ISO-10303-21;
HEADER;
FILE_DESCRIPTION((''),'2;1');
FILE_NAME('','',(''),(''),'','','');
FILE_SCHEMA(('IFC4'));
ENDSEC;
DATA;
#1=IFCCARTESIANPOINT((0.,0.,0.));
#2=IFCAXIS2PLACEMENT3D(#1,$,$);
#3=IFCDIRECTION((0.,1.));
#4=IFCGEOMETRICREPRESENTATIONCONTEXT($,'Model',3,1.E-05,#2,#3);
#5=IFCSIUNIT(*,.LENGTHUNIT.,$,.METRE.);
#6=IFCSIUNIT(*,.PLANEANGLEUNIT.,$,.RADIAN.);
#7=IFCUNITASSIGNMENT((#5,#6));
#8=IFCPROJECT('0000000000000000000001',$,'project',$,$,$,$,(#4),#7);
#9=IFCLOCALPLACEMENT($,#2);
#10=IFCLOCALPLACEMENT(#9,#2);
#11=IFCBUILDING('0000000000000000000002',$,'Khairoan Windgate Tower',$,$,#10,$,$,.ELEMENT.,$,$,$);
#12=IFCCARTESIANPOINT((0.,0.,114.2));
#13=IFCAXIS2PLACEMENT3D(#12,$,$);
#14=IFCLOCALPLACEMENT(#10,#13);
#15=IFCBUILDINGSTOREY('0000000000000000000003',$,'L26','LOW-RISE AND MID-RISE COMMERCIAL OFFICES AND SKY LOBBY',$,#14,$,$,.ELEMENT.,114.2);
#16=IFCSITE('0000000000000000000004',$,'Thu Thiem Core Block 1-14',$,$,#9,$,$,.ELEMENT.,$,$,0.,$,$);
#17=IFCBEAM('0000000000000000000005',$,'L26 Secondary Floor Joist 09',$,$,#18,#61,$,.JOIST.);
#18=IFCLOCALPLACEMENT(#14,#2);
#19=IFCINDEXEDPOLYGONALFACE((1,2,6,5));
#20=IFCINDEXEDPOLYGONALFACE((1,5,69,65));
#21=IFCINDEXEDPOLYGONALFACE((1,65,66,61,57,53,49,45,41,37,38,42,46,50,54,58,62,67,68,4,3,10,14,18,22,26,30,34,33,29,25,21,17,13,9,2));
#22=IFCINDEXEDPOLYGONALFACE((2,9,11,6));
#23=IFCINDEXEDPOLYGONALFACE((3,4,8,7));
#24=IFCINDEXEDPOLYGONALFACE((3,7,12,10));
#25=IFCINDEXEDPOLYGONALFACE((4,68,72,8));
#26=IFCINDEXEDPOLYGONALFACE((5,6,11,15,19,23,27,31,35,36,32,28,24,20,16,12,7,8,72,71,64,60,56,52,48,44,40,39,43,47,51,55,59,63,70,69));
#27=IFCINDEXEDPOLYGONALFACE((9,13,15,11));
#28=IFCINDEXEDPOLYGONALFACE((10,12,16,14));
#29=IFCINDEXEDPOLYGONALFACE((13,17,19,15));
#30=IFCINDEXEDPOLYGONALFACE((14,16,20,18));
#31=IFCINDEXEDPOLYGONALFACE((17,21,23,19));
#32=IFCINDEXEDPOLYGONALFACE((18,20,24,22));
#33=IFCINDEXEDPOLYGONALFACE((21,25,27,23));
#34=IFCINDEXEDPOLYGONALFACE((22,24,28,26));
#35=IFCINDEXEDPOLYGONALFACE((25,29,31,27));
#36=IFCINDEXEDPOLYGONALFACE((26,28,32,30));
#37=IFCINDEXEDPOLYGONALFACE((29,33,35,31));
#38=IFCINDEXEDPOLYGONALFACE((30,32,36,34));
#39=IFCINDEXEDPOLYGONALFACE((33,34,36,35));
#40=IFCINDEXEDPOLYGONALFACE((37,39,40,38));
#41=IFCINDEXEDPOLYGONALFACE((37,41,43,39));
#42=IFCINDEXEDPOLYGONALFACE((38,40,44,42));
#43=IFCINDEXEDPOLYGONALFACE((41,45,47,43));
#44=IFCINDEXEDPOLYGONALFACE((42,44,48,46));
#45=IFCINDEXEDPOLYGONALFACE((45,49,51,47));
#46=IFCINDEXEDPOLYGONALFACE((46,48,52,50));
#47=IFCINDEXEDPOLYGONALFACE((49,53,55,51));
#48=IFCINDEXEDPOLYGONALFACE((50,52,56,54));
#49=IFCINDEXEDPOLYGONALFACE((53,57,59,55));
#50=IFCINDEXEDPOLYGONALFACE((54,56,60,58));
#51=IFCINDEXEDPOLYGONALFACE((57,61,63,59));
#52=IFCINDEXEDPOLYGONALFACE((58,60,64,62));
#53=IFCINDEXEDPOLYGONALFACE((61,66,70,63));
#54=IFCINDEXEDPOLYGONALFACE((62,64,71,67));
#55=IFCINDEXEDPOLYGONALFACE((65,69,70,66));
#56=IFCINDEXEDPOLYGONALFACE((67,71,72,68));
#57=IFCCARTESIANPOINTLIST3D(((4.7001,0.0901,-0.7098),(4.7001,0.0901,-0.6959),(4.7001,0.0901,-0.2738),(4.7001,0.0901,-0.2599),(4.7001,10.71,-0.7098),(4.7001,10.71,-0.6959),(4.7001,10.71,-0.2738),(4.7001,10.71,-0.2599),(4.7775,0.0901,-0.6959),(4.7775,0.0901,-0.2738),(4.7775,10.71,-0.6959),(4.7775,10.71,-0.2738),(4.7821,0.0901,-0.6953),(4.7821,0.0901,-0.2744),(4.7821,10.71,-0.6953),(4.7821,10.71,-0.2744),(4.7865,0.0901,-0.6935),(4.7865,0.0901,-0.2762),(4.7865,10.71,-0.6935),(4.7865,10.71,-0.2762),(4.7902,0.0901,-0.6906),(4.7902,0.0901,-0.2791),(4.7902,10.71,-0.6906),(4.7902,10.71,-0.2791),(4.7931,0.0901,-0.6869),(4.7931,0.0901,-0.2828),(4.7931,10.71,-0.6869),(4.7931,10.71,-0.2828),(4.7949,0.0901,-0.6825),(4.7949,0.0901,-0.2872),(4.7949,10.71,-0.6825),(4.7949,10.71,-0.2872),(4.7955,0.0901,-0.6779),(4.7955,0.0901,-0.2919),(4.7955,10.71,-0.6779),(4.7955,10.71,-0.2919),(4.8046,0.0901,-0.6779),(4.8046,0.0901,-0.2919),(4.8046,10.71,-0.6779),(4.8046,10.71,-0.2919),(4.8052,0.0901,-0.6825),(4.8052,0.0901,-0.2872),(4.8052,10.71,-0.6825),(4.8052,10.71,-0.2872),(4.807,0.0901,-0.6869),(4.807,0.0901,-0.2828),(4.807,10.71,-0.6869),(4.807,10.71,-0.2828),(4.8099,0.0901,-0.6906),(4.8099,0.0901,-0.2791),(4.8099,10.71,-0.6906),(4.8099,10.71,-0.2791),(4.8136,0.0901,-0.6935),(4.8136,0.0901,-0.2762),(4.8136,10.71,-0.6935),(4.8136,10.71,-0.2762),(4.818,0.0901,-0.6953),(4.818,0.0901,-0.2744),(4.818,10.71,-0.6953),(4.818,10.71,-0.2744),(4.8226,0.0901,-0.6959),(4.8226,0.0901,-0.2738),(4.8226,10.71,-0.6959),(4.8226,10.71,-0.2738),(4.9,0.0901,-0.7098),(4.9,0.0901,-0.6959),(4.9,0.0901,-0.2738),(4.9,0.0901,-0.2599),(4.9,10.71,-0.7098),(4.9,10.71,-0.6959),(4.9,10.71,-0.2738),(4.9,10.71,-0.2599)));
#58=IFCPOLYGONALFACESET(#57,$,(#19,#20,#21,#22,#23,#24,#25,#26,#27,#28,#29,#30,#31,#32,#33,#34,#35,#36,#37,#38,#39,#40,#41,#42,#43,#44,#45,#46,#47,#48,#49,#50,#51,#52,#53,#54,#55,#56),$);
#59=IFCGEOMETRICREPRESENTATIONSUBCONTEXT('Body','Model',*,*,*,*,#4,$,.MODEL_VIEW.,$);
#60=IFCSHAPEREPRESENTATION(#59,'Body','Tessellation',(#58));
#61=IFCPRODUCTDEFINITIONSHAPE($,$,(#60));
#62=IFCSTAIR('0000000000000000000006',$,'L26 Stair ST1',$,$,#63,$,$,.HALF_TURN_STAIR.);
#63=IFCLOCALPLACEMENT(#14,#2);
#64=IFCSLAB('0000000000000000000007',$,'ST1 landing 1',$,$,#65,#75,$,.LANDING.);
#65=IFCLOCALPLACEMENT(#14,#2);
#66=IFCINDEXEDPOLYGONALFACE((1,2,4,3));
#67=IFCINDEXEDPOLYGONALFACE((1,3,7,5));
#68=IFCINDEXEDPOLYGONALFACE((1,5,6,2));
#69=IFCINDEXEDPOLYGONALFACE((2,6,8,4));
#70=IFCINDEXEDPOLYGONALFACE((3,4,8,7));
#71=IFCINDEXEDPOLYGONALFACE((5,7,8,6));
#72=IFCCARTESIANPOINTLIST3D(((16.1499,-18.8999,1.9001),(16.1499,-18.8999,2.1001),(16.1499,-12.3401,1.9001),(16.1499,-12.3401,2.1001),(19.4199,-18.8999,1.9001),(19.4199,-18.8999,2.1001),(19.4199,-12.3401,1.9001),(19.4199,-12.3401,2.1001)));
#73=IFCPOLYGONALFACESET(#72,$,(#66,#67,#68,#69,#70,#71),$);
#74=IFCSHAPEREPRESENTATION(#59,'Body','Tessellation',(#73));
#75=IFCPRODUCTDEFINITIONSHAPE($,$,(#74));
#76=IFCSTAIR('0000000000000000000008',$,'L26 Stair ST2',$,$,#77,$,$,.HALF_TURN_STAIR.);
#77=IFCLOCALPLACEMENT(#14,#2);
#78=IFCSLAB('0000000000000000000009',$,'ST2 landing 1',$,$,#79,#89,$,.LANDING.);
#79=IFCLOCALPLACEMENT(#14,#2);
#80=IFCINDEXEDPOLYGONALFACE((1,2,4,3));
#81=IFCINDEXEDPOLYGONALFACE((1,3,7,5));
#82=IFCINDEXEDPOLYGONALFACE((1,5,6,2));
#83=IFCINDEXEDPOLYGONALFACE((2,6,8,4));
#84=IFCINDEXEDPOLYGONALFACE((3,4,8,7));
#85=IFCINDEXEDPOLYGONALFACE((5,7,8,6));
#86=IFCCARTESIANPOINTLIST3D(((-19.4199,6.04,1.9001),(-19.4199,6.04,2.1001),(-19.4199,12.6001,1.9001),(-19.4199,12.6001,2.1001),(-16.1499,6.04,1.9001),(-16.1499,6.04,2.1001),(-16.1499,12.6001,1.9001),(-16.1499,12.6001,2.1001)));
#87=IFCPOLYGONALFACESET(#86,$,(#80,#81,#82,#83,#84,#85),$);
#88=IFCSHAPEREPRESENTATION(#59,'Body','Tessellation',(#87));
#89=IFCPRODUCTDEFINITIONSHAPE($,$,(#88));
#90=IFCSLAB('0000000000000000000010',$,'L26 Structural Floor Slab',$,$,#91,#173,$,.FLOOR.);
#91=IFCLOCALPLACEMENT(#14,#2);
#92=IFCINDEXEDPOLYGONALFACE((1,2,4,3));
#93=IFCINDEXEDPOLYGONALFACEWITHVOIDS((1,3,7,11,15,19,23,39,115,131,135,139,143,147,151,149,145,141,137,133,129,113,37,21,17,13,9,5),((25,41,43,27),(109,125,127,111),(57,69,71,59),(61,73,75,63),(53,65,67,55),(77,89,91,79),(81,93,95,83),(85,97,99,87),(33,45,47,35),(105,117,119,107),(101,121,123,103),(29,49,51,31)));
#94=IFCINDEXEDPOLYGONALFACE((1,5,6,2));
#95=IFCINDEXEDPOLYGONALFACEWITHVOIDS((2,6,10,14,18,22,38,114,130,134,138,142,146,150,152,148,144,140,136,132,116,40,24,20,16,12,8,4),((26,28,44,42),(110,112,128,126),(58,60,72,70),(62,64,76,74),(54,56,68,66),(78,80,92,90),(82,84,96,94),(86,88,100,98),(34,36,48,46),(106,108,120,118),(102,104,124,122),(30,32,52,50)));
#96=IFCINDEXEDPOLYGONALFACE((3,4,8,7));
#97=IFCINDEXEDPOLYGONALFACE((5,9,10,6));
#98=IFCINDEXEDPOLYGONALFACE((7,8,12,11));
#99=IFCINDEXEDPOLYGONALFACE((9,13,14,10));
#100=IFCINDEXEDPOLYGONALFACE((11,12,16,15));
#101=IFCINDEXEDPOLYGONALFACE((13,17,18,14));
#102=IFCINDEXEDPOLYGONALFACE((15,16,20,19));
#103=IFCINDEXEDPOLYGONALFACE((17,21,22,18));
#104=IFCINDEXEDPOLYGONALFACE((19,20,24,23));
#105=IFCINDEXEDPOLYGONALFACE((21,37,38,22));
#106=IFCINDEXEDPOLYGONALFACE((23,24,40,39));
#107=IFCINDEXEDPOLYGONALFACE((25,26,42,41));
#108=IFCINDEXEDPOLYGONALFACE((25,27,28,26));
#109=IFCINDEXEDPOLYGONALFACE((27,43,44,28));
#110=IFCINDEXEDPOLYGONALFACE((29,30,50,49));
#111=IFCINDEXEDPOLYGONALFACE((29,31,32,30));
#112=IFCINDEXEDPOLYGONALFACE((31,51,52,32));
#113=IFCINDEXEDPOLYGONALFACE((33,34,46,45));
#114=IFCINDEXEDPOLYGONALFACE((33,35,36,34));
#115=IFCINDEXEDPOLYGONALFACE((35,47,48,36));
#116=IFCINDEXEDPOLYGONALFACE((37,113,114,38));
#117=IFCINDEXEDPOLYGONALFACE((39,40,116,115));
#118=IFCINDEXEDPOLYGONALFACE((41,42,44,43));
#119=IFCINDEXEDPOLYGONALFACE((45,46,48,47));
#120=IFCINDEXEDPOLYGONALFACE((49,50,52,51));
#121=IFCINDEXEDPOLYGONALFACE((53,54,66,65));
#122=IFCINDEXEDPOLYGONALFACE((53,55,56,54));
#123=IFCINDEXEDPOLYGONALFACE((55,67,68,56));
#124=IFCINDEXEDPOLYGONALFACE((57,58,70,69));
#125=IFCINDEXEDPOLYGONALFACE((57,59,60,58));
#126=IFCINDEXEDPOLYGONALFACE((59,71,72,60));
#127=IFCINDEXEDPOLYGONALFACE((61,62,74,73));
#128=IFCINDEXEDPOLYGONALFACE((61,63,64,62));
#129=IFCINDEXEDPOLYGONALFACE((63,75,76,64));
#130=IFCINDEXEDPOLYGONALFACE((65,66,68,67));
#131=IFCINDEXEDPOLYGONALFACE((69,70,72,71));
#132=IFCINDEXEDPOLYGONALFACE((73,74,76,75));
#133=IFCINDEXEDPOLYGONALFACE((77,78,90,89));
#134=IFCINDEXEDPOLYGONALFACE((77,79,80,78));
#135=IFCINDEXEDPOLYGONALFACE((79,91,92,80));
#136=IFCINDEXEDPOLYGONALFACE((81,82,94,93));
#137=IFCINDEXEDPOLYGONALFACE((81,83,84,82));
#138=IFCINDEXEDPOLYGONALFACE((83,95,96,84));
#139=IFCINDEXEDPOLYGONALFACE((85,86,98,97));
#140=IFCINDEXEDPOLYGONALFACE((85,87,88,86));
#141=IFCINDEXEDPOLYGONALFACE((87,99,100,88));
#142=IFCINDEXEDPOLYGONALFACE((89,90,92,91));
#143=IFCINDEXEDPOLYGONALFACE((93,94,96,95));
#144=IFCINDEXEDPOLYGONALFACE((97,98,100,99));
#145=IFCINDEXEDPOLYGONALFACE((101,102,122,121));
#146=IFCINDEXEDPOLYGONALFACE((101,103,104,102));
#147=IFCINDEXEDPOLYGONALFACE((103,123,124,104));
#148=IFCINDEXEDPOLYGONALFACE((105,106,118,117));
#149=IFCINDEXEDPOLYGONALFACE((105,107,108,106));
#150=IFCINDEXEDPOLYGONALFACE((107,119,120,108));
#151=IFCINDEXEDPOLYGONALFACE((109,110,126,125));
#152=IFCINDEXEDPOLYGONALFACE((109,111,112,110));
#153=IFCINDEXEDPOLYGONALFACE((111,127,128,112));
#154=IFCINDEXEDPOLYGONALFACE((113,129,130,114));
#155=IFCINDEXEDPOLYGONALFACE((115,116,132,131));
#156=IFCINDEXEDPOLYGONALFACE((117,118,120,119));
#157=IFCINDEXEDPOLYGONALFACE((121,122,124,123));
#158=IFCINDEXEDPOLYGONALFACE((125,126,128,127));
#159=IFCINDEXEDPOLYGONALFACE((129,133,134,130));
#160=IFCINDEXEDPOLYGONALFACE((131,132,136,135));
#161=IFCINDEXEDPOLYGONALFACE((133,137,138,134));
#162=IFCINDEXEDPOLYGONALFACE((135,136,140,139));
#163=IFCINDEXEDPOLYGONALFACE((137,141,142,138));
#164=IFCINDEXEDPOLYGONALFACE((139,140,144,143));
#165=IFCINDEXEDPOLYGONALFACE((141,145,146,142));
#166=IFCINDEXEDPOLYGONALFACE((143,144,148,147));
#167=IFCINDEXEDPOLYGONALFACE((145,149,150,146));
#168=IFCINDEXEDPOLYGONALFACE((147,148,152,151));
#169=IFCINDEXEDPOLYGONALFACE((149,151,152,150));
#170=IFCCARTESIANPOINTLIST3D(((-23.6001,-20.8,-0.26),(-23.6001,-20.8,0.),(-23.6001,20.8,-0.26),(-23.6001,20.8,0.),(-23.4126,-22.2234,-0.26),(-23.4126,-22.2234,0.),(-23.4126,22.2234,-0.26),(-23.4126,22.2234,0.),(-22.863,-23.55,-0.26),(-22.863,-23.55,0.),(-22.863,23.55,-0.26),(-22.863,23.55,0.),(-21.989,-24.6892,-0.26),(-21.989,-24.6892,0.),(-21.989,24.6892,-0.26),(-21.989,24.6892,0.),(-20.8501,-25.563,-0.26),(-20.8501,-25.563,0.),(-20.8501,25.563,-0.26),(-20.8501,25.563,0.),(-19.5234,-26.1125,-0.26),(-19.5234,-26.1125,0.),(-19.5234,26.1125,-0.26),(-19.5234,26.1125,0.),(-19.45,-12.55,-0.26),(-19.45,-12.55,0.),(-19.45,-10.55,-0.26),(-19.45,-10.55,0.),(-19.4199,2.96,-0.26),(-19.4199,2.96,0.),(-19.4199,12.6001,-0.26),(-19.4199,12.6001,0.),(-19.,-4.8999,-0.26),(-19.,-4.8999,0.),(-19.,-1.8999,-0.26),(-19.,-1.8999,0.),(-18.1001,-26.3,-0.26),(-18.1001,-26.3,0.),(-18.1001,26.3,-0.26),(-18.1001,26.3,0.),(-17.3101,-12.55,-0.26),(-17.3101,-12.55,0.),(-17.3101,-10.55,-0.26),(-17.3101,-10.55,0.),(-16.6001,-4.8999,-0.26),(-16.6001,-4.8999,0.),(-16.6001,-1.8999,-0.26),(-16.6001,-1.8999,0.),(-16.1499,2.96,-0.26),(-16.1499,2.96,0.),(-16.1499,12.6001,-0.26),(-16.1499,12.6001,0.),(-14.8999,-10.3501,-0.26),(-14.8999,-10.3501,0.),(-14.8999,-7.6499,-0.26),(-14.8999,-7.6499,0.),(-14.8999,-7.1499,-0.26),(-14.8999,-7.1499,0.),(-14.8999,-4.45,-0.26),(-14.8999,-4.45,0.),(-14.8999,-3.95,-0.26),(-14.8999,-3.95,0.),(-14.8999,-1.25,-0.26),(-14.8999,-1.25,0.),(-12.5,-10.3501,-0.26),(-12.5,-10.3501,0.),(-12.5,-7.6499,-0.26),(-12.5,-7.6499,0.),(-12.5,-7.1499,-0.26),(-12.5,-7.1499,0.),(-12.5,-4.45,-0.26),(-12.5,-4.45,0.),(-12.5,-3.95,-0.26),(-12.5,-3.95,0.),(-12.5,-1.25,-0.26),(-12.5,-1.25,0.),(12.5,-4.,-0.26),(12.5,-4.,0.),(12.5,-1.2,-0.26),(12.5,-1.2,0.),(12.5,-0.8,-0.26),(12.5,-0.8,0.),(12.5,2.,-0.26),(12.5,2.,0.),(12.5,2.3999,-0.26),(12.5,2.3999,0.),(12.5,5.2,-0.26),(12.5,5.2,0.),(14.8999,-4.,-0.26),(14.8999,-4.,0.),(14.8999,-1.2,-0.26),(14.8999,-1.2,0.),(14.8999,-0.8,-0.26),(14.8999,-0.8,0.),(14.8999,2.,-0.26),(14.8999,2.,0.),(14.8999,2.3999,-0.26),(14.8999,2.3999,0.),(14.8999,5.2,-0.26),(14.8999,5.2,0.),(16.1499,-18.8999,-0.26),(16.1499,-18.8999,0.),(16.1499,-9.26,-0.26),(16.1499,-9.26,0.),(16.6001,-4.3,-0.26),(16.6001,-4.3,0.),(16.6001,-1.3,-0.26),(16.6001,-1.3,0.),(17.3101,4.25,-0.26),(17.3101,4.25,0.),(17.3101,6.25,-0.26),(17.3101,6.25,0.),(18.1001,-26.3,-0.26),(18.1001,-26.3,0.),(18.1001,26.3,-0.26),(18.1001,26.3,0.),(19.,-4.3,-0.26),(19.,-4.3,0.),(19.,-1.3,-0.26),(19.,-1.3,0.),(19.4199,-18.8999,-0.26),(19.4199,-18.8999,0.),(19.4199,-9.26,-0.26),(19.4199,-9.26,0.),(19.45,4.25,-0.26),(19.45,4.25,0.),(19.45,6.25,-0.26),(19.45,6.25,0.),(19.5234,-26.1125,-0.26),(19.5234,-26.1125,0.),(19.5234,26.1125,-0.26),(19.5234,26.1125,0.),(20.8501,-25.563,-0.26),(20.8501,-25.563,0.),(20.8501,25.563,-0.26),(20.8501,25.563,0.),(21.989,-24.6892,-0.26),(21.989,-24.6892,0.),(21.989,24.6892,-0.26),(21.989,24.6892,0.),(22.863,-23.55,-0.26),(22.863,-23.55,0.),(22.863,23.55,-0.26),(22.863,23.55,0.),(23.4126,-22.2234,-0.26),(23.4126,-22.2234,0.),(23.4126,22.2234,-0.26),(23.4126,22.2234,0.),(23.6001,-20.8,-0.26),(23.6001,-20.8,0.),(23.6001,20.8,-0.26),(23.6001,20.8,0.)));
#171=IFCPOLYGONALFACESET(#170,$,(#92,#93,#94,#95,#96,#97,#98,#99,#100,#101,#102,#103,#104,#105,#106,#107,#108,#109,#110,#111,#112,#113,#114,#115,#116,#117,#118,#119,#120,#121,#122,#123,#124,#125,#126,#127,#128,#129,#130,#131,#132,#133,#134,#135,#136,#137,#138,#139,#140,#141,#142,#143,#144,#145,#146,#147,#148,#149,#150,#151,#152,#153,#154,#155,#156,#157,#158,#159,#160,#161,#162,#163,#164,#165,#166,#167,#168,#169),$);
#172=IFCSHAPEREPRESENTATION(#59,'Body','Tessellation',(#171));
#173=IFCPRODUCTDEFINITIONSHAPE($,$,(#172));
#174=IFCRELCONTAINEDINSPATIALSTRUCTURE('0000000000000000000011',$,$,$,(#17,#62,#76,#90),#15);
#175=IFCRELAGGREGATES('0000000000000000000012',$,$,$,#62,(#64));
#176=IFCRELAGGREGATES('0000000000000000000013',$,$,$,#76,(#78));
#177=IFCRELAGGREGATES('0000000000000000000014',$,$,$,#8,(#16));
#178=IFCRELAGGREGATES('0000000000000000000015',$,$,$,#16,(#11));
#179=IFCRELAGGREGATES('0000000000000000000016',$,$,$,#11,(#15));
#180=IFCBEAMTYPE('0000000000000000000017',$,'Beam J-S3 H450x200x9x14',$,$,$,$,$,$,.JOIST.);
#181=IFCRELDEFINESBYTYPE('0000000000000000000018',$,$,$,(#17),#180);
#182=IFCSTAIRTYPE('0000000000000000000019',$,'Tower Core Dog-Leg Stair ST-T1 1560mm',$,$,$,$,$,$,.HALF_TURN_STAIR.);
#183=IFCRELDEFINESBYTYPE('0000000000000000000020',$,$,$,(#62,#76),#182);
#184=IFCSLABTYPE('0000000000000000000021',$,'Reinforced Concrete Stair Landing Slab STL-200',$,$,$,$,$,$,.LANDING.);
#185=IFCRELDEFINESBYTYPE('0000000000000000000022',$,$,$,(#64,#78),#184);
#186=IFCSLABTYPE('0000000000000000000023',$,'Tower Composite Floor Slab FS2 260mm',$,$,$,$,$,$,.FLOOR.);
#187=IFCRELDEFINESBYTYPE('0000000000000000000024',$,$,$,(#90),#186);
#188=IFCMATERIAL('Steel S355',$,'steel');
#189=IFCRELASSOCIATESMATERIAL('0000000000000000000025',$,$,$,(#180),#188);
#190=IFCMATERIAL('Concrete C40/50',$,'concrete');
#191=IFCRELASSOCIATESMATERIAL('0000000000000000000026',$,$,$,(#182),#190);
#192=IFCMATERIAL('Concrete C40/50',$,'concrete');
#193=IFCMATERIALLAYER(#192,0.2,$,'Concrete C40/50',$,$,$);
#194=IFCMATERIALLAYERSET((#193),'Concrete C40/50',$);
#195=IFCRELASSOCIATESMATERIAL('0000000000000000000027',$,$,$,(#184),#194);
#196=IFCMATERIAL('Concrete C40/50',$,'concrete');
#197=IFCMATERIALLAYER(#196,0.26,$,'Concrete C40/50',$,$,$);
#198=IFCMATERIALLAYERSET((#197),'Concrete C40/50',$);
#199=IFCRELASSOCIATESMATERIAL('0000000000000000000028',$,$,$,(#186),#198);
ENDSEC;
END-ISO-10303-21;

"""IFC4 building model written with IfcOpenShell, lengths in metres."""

from ifc_helpers import new_model, si_unit, direction, frame, origin, origin_2d, place, context, subcontext, project, spatial, polyline, i_section, outline, extrude, material, layer, layer_set, material_profile, profile_set, type_object, element, aggregate, save


model = new_model("IFC4")

# Units and contexts
model_context = context("Model", 3, precision=1e-05, world=origin(), true_north=direction((0.0, 1.0)))
body_context = subcontext(model_context, "Body", "Model", "MODEL_VIEW")
ifc_project = project(units=[si_unit("LENGTHUNIT", "METRE"), si_unit("PLANEANGLEUNIT", "RADIAN")], contexts=[model_context])

# Site, building, storey
site_placement = place(None, origin())
site = spatial("IfcSite", under=ifc_project, at=site_placement, Name="Thu Thiem Core Block 1-14", CompositionType="ELEMENT", RefElevation=0.0)
building_placement = place(site_placement, origin())
building = spatial("IfcBuilding", under=site, at=building_placement, Name="Khairoan Windgate Tower", CompositionType="ELEMENT")
storey_placement = place(building_placement, frame((0.0, 0.0, 114.2)))
storey = spatial("IfcBuildingStorey", under=building, at=storey_placement, Name="L26", Description="LOW-RISE AND MID-RISE COMMERCIAL OFFICES AND SKY LOBBY", CompositionType="ELEMENT", Elevation=114.2)

# Beam
ifc_material_1 = material(Name="Steel S355", Category="steel")
ifc_material_profile_1 = material_profile(ifc_material_1, i_section(OverallWidth=0.2, OverallDepth=0.45, WebThickness=0.009, FlangeThickness=0.0139, FilletRadius=0.0181, at=origin_2d()))
ifc_profile_set_1 = profile_set([ifc_material_profile_1], Name="Steel S355")
beam_type_1 = type_object("IfcBeamType", Name="Beam J-S3 H450x200x9x14", PredefinedType="JOIST", material=ifc_profile_set_1)
for number, where, z_axis, x_axis, name in (
    (1, (4.8, 0.0901, -0.4849), (0.0, 1.0, 0.0), (-1.0, 0.0, 0.0), "L26 Secondary Floor Joist 09"),
):
    element("IfcBeam", number, at=place(storey_placement, frame(where, z_axis=z_axis, x_axis=x_axis)), inside=storey, type_object=beam_type_1, Name=name, PredefinedType="JOIST", context=body_context, shape_type="SweptSolid", body=[
        extrude(i_section(OverallWidth=0.2, OverallDepth=0.45, WebThickness=0.009, FlangeThickness=0.0139, FilletRadius=0.0181, at=origin_2d()), origin(), (0.0, 0.0, 1.0), 10.6199),
    ])

# Stairs, slabs
ifc_material_2 = material(Name="Concrete C40/50", Category="concrete")
stair_type = type_object("IfcStairType", Name="Tower Core Dog-Leg Stair ST-T1 1560mm", PredefinedType="HALF_TURN_STAIR", material=ifc_material_2)
stair_1_placement = place(storey_placement, origin())
stair_1 = element("IfcStair", 2, at=stair_1_placement, inside=storey, type_object=stair_type, Name="L26 Stair ST1", PredefinedType="HALF_TURN_STAIR")
ifc_material_3 = material(Name="Concrete C40/50", Category="concrete")
ifc_layer_1 = layer(ifc_material_3, 0.2, Name="Concrete C40/50")
ifc_layer_set_1 = layer_set([ifc_layer_1], Name="Concrete C40/50")
slab_type_1 = type_object("IfcSlabType", Name="Reinforced Concrete Stair Landing Slab STL-200", PredefinedType="LANDING", material=ifc_layer_set_1)
slab_1_placement = place(storey_placement, frame((0.0, 0.0, 1.9001)))
slab_1 = element("IfcSlab", 3, at=slab_1_placement, type_object=slab_type_1, Name="ST1 landing 1", PredefinedType="LANDING", context=body_context, shape_type="SweptSolid", body=[
    extrude(outline(polyline([(16.1499, -12.3401), (16.1499, -18.8999), (19.4199, -18.8999), (19.4199, -12.3401), (16.1499, -12.3401)])), origin(), (0.0, 0.0, 1.0), 0.2),
])
aggregate(stair_1, [slab_1])
stair_2_placement = place(storey_placement, origin())
stair_2 = element("IfcStair", 4, at=stair_2_placement, inside=storey, type_object=stair_type, Name="L26 Stair ST2", PredefinedType="HALF_TURN_STAIR")
slab_2_placement = place(storey_placement, frame((0.0, 0.0, 1.9001)))
slab_2 = element("IfcSlab", 5, at=slab_2_placement, type_object=slab_type_1, Name="ST2 landing 1", PredefinedType="LANDING", context=body_context, shape_type="SweptSolid", body=[
    extrude(outline(polyline([(-16.1499, 6.04), (-16.1499, 12.6001), (-19.4199, 12.6001), (-19.4199, 6.04), (-16.1499, 6.04)])), origin(), (0.0, 0.0, 1.0), 0.2),
])
aggregate(stair_2, [slab_2])

# Slab
ifc_material_4 = material(Name="Concrete C40/50", Category="concrete")
ifc_layer_2 = layer(ifc_material_4, 0.26, Name="Concrete C40/50")
ifc_layer_set_2 = layer_set([ifc_layer_2], Name="Concrete C40/50")
slab_type_2 = type_object("IfcSlabType", Name="Tower Composite Floor Slab FS2 260mm", PredefinedType="FLOOR", material=ifc_layer_set_2)
slab_3_placement = place(storey_placement, frame((0.0, 0.0, -0.26)))
element("IfcSlab", 6, at=slab_3_placement, inside=storey, type_object=slab_type_2, Name="L26 Structural Floor Slab", PredefinedType="FLOOR", context=body_context, shape_type="SweptSolid", body=[
    extrude(outline(polyline([(18.1001, -26.3), (19.5234, -26.1125), (20.8501, -25.563), (21.989, -24.6892), (22.863, -23.55), (23.4126, -22.2234), (23.6001, -20.8), (23.6001, 20.8), (23.4126, 22.2234), (22.863, 23.55), (21.989, 24.6892), (20.8501, 25.563), (19.5234, 26.1125), (18.1001, 26.3), (-18.1001, 26.3), (-19.5234, 26.1125), (-20.8501, 25.563), (-21.989, 24.6892), (-22.863, 23.55), (-23.4126, 22.2234), (-23.6001, 20.8), (-23.6001, -20.8), (-23.4126, -22.2234), (-22.863, -23.55), (-21.989, -24.6892), (-20.8501, -25.563), (-19.5234, -26.1125), (-18.1001, -26.3), (18.1001, -26.3)]), holes=[polyline([(16.1499, -9.26), (16.1499, -18.8999), (19.4199, -18.8999), (19.4199, -9.26), (16.1499, -9.26)]), polyline([(-16.1499, 2.96), (-16.1499, 12.6001), (-19.4199, 12.6001), (-19.4199, 2.96), (-16.1499, 2.96)]), polyline([(-14.8999, -3.95), (-12.5, -3.95), (-12.5, -1.25), (-14.8999, -1.25), (-14.8999, -3.95)]), polyline([(-14.8999, -7.1499), (-12.5, -7.1499), (-12.5, -4.45), (-14.8999, -4.45), (-14.8999, -7.1499)]), polyline([(-14.8999, -10.3501), (-12.5, -10.3501), (-12.5, -7.6499), (-14.8999, -7.6499), (-14.8999, -10.3501)]), polyline([(12.5, 2.3999), (14.8999, 2.3999), (14.8999, 5.2), (12.5, 5.2), (12.5, 2.3999)]), polyline([(12.5, -0.8), (14.8999, -0.8), (14.8999, 2.0), (12.5, 2.0), (12.5, -0.8)]), polyline([(12.5, -4.0), (14.8999, -4.0), (14.8999, -1.2), (12.5, -1.2), (12.5, -4.0)]), polyline([(16.6001, -4.3), (19.0, -4.3), (19.0, -1.3), (16.6001, -1.3), (16.6001, -4.3)]), polyline([(-19.0, -4.8999), (-16.6001, -4.8999), (-16.6001, -1.8999), (-19.0, -1.8999), (-19.0, -4.8999)]), polyline([(-19.45, -12.55), (-17.3101, -12.55), (-17.3101, -10.55), (-19.45, -10.55), (-19.45, -12.55)]), polyline([(17.3101, 4.25), (19.45, 4.25), (19.45, 6.25), (17.3101, 6.25), (17.3101, 4.25)])]), origin(), (0.0, 0.0, 1.0), 0.26),
])

save(model, "model.ifc")
